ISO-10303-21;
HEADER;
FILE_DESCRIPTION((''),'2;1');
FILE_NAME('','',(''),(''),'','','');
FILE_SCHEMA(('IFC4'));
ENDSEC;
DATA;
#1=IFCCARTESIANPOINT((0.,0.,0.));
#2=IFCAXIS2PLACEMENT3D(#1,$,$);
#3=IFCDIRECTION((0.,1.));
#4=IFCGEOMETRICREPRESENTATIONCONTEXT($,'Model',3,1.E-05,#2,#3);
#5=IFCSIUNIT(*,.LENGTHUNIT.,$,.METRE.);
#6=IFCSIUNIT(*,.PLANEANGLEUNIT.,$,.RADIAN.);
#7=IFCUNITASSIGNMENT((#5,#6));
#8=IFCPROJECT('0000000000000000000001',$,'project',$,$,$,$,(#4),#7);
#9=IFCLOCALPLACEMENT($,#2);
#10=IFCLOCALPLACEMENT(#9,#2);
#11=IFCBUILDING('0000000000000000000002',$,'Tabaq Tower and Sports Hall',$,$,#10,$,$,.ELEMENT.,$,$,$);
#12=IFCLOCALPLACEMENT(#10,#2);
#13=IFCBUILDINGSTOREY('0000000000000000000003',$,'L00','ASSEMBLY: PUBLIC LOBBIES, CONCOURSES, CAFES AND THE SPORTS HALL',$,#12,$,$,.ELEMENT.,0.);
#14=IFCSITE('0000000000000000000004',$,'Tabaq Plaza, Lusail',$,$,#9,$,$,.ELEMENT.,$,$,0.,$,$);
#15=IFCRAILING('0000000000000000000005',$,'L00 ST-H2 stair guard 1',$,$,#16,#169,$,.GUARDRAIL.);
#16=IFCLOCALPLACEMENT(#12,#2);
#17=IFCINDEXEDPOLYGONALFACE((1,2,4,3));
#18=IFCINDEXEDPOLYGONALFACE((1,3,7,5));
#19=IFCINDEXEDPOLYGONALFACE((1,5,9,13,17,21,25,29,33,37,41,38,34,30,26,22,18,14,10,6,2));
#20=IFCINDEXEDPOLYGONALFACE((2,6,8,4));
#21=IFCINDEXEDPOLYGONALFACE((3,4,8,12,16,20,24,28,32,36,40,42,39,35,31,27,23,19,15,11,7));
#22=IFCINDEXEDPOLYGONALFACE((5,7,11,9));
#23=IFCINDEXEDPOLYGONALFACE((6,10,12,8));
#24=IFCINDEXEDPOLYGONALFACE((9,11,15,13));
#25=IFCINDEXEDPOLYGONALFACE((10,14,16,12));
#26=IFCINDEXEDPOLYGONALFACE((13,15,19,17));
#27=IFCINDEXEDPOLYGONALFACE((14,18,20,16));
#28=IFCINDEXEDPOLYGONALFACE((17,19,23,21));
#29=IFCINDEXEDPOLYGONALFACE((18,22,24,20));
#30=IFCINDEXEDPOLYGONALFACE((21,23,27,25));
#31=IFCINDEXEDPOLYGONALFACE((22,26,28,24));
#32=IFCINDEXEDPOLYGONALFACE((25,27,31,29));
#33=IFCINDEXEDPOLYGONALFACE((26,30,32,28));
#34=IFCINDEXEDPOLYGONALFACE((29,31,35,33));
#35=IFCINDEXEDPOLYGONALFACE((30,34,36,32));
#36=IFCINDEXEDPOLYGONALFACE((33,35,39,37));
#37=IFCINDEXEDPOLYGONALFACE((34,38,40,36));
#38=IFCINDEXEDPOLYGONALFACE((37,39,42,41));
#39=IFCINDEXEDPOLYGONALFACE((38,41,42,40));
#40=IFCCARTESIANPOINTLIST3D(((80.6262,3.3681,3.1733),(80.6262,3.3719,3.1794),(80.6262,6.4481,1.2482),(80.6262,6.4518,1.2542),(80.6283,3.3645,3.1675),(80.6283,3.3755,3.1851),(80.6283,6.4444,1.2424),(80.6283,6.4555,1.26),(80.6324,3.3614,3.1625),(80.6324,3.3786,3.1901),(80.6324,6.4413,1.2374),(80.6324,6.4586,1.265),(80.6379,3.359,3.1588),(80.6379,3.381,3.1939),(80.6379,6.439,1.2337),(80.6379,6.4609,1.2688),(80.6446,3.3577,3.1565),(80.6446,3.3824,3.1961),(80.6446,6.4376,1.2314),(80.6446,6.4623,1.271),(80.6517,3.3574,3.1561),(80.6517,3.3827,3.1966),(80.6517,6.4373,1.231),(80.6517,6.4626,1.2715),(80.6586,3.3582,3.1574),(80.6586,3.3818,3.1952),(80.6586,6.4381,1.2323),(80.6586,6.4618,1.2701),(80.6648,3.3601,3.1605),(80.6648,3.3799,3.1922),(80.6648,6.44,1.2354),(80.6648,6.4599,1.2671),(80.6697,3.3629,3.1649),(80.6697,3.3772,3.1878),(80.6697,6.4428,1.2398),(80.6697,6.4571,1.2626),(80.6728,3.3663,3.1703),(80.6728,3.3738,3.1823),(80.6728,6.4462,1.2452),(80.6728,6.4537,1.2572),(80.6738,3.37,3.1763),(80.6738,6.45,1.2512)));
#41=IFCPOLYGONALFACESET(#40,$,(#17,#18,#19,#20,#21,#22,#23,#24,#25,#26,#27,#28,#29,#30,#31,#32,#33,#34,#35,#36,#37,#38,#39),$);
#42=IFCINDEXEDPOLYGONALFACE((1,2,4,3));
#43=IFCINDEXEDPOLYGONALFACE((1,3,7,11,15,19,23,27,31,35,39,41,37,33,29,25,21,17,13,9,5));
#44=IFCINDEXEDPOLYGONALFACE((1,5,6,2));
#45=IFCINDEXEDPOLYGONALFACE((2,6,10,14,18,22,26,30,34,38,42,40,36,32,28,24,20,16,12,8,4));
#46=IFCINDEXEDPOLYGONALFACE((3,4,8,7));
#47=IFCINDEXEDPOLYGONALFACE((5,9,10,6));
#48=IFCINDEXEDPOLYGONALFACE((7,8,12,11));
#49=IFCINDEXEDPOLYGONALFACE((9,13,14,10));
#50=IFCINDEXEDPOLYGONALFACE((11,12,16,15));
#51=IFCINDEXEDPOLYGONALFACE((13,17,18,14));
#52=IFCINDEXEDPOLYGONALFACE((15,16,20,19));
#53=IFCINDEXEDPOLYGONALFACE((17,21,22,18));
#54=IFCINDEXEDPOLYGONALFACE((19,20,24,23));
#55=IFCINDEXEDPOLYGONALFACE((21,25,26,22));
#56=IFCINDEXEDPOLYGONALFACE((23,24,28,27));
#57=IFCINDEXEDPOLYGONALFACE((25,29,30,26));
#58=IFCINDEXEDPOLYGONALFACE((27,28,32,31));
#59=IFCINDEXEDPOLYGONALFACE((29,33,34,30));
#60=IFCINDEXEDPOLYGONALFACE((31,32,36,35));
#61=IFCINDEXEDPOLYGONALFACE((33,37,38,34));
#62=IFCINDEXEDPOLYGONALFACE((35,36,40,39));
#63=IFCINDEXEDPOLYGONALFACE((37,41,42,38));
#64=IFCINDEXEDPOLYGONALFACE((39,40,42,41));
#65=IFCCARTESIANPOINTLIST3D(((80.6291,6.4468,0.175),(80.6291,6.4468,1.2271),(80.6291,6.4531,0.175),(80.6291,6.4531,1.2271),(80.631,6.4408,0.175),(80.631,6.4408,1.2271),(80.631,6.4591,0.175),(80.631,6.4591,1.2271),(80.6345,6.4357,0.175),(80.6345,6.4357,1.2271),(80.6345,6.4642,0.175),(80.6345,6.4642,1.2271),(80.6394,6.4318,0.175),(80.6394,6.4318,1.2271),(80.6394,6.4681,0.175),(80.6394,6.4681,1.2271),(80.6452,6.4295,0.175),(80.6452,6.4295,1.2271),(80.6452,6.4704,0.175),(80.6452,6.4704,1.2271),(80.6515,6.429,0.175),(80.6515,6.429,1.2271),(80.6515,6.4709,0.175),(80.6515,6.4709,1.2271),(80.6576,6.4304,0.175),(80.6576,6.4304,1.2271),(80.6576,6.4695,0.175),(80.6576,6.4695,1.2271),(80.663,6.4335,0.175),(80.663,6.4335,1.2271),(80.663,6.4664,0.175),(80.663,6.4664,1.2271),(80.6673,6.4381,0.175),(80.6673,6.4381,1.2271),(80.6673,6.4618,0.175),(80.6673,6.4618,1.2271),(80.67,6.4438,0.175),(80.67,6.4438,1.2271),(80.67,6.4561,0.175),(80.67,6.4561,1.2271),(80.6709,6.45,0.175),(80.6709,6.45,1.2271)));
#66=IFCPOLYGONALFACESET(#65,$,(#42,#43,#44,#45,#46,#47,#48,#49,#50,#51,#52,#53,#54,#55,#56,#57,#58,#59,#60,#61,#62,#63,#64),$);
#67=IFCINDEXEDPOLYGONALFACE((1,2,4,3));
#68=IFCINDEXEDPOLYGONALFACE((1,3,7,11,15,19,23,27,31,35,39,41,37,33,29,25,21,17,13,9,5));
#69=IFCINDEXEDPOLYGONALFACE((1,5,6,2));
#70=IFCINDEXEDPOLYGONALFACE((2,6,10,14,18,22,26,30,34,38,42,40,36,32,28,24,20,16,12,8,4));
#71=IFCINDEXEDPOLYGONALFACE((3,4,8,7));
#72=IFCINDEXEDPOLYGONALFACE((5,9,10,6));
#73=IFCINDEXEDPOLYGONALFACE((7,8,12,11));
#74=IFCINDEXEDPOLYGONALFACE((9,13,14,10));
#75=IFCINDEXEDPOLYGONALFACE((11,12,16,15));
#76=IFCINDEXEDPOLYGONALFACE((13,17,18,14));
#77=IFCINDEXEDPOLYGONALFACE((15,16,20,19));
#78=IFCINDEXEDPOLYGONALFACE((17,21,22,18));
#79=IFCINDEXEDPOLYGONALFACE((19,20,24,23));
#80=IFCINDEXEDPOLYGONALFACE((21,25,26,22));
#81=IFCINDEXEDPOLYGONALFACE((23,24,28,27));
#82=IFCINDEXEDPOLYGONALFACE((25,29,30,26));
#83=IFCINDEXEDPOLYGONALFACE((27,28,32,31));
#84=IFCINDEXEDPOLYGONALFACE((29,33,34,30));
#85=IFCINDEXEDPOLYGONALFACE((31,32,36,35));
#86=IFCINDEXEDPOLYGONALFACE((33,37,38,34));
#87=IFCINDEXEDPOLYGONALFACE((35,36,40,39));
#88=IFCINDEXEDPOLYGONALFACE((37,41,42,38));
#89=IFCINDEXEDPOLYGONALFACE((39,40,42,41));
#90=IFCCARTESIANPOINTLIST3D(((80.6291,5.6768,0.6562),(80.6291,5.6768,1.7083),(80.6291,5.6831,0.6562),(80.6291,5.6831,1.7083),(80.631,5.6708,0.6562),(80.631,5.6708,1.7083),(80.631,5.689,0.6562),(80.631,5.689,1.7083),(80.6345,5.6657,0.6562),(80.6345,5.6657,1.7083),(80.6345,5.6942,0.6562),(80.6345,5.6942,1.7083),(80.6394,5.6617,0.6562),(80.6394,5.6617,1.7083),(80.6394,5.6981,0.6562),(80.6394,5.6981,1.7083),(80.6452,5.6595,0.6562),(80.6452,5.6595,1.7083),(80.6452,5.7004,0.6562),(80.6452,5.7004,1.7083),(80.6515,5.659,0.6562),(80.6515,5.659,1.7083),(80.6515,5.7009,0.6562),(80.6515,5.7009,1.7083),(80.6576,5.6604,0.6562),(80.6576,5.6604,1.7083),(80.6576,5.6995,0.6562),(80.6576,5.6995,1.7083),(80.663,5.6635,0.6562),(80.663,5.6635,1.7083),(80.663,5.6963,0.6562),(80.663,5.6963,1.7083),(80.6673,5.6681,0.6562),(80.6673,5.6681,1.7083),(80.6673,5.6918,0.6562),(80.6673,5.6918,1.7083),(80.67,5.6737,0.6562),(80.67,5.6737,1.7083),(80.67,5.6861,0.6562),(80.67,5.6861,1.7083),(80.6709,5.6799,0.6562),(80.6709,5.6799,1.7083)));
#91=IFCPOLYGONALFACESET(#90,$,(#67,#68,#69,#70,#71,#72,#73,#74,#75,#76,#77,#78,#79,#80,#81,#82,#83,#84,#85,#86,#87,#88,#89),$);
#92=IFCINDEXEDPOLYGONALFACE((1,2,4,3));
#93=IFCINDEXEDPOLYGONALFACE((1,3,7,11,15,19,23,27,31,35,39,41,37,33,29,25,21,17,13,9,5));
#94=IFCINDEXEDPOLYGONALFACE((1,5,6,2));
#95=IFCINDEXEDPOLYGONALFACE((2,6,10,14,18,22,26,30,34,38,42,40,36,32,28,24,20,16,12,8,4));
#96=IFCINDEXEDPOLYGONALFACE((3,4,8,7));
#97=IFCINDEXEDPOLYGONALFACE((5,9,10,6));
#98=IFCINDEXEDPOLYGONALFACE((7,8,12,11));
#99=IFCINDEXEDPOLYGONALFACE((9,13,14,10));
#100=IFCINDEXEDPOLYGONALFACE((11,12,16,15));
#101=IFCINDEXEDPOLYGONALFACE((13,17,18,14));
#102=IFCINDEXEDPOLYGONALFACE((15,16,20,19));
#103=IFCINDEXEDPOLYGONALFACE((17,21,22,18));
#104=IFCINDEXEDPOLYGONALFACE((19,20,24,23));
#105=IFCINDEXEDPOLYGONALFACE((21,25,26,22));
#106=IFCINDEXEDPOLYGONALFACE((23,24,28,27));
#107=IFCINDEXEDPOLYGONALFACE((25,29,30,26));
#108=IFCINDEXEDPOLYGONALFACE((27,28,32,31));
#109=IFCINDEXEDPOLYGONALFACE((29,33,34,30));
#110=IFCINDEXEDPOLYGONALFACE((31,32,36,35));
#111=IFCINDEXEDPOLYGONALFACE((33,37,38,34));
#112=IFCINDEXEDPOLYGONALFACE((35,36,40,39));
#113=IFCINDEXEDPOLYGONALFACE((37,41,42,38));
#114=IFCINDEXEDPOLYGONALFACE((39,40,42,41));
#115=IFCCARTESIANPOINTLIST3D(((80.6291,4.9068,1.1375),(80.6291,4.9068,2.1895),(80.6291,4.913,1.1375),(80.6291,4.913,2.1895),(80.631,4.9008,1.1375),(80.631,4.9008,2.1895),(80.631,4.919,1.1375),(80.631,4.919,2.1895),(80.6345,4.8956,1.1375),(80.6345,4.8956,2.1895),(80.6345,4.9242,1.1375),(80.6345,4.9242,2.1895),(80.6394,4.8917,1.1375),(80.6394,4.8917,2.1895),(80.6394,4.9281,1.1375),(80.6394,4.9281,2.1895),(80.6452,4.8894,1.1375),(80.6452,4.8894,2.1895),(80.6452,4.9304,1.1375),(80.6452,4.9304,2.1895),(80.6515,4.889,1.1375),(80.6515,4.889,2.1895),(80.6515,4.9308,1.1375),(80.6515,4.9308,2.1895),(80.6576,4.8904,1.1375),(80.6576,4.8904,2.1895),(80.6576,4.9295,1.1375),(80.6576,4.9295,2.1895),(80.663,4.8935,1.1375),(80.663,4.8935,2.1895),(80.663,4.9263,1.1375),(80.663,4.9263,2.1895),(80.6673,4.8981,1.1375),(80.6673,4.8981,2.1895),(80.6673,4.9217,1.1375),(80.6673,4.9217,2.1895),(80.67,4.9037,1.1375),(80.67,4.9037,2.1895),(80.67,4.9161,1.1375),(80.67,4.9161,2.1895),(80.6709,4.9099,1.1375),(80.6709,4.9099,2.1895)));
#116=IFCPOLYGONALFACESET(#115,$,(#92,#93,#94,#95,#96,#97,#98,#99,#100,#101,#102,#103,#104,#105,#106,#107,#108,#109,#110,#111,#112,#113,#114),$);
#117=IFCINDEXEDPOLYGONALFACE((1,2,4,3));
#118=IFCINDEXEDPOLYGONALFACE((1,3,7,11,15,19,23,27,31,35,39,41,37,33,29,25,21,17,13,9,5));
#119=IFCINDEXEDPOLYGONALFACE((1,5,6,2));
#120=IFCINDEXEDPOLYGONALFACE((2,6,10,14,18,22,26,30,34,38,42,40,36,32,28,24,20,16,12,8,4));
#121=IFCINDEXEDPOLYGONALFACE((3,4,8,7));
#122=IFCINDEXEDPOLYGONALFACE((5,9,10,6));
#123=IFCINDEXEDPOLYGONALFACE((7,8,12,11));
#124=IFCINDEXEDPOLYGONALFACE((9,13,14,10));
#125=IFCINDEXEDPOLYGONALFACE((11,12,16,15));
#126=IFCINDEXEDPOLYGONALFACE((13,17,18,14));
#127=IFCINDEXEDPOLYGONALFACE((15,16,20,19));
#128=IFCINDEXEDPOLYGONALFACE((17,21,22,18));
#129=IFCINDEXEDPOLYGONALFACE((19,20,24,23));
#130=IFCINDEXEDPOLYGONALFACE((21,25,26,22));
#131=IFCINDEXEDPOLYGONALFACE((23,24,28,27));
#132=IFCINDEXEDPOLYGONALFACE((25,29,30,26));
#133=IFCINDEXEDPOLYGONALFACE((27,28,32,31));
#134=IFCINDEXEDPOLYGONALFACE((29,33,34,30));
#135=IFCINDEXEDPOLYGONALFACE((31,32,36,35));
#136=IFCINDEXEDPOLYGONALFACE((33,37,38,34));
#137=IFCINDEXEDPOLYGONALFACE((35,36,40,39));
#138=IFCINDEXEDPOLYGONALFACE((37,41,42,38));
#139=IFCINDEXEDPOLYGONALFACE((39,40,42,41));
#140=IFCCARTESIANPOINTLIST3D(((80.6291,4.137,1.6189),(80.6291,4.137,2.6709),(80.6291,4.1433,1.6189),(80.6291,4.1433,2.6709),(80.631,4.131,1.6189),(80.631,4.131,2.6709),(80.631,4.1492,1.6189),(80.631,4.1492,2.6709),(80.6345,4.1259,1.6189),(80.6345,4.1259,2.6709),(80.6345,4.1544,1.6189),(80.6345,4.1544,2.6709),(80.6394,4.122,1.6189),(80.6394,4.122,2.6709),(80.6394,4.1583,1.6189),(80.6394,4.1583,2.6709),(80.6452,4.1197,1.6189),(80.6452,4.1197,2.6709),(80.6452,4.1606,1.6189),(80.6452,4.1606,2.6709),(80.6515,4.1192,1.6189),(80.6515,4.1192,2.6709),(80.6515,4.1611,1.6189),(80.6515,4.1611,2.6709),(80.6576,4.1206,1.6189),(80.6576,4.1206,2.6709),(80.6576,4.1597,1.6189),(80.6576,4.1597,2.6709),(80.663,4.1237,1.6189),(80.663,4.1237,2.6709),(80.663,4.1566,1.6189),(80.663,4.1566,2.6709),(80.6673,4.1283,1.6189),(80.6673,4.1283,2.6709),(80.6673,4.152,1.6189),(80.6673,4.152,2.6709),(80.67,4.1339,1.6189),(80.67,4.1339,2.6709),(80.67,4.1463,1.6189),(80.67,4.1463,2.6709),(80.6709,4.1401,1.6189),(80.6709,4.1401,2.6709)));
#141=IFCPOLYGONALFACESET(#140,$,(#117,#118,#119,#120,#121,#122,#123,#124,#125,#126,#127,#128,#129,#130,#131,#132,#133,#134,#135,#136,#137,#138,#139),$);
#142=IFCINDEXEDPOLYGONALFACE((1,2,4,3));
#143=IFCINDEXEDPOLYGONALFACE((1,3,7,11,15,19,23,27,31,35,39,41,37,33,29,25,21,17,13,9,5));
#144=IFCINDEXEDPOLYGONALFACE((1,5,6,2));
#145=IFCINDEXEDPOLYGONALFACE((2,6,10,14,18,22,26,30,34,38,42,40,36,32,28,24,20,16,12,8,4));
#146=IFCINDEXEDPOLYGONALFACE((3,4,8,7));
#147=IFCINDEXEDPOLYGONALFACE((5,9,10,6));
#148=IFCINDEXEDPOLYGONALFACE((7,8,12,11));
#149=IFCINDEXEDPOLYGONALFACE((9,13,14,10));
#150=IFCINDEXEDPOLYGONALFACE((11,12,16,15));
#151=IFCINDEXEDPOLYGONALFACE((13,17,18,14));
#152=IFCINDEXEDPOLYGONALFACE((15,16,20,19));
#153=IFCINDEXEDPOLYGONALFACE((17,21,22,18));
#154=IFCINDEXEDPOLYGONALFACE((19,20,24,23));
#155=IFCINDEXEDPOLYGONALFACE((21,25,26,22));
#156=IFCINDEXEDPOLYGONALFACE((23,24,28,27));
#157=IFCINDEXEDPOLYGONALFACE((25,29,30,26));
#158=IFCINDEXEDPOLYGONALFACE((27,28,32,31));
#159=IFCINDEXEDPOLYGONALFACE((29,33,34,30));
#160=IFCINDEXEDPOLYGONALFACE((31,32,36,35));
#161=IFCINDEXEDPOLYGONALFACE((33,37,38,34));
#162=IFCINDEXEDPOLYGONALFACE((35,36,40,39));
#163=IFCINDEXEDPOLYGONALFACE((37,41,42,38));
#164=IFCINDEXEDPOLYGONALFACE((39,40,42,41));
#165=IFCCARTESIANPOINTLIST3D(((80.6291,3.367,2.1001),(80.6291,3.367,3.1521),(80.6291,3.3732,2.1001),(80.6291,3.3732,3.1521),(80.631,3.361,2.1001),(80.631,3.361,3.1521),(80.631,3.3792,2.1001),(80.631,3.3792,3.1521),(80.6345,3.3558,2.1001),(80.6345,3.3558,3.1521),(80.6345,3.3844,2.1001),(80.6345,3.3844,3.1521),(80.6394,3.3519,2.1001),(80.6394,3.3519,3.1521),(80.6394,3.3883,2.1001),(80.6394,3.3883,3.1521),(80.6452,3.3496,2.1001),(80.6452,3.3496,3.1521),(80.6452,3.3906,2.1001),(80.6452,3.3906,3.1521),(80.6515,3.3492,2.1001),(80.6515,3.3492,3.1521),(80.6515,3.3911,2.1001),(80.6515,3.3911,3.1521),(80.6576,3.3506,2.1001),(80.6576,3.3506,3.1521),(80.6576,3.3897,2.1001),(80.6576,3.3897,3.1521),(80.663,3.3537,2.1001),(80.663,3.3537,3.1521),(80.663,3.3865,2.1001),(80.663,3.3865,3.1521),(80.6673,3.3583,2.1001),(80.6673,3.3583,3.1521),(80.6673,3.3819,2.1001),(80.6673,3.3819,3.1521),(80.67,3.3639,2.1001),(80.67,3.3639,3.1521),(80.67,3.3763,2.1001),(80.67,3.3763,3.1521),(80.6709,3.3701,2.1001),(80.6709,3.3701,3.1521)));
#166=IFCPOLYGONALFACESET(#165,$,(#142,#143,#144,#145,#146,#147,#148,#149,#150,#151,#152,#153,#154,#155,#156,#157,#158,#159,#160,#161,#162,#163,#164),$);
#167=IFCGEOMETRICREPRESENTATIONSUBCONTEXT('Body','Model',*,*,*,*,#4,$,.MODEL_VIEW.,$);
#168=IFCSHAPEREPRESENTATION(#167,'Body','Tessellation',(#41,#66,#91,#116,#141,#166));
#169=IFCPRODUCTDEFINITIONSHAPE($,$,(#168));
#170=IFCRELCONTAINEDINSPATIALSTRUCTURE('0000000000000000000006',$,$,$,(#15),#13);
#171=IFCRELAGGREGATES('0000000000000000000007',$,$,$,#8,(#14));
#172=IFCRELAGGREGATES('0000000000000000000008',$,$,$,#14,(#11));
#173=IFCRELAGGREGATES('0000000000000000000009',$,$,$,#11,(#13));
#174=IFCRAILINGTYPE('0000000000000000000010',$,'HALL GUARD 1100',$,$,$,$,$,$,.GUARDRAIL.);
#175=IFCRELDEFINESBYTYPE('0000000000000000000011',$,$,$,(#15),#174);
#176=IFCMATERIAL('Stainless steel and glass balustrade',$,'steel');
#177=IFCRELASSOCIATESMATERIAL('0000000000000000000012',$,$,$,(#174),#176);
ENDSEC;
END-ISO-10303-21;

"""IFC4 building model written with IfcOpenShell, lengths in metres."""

from ifc_helpers import new_model, si_unit, direction, frame, origin, origin_2d, place, context, subcontext, project, spatial, circle, extrude, material, type_object, element, save


model = new_model("IFC4")

# Units and contexts
model_context = context("Model", 3, precision=1e-05, world=origin(), true_north=direction((0.0, 1.0)))
body_context = subcontext(model_context, "Body", "Model", "MODEL_VIEW")
ifc_project = project(units=[si_unit("LENGTHUNIT", "METRE"), si_unit("PLANEANGLEUNIT", "RADIAN")], contexts=[model_context])

# Site, building, storey
site_placement = place(None, origin())
site = spatial("IfcSite", under=ifc_project, at=site_placement, Name="Tabaq Plaza, Lusail", CompositionType="ELEMENT", RefElevation=0.0)
building_placement = place(site_placement, origin())
building = spatial("IfcBuilding", under=site, at=building_placement, Name="Tabaq Tower and Sports Hall", CompositionType="ELEMENT")
storey_placement = place(building_placement, origin())
storey = spatial("IfcBuildingStorey", under=building, at=storey_placement, Name="L00", Description="ASSEMBLY: PUBLIC LOBBIES, CONCOURSES, CAFES AND THE SPORTS HALL", CompositionType="ELEMENT", Elevation=0.0)

# Railing
ifc_material_1 = material(Name="Stainless steel and glass balustrade", Category="steel")
railing_type_1 = type_object("IfcRailingType", Name="HALL GUARD 1100", PredefinedType="GUARDRAIL", material=ifc_material_1)
railing_1_placement = place(storey_placement, frame((80.6499, 6.45, 0.175)))
element("IfcRailing", 1, at=railing_1_placement, inside=storey, type_object=railing_type_1, Name="L00 ST-H2 stair guard 1", PredefinedType="GUARDRAIL", context=body_context, shape_type="SweptSolid", body=[
    extrude(circle(Radius=0.0239, at=origin_2d()), frame((0.0, 0.0, 1.0762), z_axis=(0.0, -0.847979, 0.530029), x_axis=(1.0, 0.0, 0.0)), (0.0, 0.0, 1.0), 3.6321),
    extrude(circle(Radius=0.021, at=origin_2d()), origin(), (0.0, 0.0, 1.0), 1.052),
    extrude(circle(Radius=0.021, at=origin_2d()), frame((0.0, -0.77, 0.4812)), (0.0, 0.0, 1.0), 1.052),
    extrude(circle(Radius=0.021, at=origin_2d()), frame((0.0, -1.54, 0.9624)), (0.0, 0.0, 1.0), 1.052),
    extrude(circle(Radius=0.021, at=origin_2d()), frame((0.0, -2.3098, 1.4438)), (0.0, 0.0, 1.0), 1.052),
    extrude(circle(Radius=0.021, at=origin_2d()), frame((0.0, -3.0798, 1.925)), (0.0, 0.0, 1.0), 1.052),
])

save(model, "model.ifc")
